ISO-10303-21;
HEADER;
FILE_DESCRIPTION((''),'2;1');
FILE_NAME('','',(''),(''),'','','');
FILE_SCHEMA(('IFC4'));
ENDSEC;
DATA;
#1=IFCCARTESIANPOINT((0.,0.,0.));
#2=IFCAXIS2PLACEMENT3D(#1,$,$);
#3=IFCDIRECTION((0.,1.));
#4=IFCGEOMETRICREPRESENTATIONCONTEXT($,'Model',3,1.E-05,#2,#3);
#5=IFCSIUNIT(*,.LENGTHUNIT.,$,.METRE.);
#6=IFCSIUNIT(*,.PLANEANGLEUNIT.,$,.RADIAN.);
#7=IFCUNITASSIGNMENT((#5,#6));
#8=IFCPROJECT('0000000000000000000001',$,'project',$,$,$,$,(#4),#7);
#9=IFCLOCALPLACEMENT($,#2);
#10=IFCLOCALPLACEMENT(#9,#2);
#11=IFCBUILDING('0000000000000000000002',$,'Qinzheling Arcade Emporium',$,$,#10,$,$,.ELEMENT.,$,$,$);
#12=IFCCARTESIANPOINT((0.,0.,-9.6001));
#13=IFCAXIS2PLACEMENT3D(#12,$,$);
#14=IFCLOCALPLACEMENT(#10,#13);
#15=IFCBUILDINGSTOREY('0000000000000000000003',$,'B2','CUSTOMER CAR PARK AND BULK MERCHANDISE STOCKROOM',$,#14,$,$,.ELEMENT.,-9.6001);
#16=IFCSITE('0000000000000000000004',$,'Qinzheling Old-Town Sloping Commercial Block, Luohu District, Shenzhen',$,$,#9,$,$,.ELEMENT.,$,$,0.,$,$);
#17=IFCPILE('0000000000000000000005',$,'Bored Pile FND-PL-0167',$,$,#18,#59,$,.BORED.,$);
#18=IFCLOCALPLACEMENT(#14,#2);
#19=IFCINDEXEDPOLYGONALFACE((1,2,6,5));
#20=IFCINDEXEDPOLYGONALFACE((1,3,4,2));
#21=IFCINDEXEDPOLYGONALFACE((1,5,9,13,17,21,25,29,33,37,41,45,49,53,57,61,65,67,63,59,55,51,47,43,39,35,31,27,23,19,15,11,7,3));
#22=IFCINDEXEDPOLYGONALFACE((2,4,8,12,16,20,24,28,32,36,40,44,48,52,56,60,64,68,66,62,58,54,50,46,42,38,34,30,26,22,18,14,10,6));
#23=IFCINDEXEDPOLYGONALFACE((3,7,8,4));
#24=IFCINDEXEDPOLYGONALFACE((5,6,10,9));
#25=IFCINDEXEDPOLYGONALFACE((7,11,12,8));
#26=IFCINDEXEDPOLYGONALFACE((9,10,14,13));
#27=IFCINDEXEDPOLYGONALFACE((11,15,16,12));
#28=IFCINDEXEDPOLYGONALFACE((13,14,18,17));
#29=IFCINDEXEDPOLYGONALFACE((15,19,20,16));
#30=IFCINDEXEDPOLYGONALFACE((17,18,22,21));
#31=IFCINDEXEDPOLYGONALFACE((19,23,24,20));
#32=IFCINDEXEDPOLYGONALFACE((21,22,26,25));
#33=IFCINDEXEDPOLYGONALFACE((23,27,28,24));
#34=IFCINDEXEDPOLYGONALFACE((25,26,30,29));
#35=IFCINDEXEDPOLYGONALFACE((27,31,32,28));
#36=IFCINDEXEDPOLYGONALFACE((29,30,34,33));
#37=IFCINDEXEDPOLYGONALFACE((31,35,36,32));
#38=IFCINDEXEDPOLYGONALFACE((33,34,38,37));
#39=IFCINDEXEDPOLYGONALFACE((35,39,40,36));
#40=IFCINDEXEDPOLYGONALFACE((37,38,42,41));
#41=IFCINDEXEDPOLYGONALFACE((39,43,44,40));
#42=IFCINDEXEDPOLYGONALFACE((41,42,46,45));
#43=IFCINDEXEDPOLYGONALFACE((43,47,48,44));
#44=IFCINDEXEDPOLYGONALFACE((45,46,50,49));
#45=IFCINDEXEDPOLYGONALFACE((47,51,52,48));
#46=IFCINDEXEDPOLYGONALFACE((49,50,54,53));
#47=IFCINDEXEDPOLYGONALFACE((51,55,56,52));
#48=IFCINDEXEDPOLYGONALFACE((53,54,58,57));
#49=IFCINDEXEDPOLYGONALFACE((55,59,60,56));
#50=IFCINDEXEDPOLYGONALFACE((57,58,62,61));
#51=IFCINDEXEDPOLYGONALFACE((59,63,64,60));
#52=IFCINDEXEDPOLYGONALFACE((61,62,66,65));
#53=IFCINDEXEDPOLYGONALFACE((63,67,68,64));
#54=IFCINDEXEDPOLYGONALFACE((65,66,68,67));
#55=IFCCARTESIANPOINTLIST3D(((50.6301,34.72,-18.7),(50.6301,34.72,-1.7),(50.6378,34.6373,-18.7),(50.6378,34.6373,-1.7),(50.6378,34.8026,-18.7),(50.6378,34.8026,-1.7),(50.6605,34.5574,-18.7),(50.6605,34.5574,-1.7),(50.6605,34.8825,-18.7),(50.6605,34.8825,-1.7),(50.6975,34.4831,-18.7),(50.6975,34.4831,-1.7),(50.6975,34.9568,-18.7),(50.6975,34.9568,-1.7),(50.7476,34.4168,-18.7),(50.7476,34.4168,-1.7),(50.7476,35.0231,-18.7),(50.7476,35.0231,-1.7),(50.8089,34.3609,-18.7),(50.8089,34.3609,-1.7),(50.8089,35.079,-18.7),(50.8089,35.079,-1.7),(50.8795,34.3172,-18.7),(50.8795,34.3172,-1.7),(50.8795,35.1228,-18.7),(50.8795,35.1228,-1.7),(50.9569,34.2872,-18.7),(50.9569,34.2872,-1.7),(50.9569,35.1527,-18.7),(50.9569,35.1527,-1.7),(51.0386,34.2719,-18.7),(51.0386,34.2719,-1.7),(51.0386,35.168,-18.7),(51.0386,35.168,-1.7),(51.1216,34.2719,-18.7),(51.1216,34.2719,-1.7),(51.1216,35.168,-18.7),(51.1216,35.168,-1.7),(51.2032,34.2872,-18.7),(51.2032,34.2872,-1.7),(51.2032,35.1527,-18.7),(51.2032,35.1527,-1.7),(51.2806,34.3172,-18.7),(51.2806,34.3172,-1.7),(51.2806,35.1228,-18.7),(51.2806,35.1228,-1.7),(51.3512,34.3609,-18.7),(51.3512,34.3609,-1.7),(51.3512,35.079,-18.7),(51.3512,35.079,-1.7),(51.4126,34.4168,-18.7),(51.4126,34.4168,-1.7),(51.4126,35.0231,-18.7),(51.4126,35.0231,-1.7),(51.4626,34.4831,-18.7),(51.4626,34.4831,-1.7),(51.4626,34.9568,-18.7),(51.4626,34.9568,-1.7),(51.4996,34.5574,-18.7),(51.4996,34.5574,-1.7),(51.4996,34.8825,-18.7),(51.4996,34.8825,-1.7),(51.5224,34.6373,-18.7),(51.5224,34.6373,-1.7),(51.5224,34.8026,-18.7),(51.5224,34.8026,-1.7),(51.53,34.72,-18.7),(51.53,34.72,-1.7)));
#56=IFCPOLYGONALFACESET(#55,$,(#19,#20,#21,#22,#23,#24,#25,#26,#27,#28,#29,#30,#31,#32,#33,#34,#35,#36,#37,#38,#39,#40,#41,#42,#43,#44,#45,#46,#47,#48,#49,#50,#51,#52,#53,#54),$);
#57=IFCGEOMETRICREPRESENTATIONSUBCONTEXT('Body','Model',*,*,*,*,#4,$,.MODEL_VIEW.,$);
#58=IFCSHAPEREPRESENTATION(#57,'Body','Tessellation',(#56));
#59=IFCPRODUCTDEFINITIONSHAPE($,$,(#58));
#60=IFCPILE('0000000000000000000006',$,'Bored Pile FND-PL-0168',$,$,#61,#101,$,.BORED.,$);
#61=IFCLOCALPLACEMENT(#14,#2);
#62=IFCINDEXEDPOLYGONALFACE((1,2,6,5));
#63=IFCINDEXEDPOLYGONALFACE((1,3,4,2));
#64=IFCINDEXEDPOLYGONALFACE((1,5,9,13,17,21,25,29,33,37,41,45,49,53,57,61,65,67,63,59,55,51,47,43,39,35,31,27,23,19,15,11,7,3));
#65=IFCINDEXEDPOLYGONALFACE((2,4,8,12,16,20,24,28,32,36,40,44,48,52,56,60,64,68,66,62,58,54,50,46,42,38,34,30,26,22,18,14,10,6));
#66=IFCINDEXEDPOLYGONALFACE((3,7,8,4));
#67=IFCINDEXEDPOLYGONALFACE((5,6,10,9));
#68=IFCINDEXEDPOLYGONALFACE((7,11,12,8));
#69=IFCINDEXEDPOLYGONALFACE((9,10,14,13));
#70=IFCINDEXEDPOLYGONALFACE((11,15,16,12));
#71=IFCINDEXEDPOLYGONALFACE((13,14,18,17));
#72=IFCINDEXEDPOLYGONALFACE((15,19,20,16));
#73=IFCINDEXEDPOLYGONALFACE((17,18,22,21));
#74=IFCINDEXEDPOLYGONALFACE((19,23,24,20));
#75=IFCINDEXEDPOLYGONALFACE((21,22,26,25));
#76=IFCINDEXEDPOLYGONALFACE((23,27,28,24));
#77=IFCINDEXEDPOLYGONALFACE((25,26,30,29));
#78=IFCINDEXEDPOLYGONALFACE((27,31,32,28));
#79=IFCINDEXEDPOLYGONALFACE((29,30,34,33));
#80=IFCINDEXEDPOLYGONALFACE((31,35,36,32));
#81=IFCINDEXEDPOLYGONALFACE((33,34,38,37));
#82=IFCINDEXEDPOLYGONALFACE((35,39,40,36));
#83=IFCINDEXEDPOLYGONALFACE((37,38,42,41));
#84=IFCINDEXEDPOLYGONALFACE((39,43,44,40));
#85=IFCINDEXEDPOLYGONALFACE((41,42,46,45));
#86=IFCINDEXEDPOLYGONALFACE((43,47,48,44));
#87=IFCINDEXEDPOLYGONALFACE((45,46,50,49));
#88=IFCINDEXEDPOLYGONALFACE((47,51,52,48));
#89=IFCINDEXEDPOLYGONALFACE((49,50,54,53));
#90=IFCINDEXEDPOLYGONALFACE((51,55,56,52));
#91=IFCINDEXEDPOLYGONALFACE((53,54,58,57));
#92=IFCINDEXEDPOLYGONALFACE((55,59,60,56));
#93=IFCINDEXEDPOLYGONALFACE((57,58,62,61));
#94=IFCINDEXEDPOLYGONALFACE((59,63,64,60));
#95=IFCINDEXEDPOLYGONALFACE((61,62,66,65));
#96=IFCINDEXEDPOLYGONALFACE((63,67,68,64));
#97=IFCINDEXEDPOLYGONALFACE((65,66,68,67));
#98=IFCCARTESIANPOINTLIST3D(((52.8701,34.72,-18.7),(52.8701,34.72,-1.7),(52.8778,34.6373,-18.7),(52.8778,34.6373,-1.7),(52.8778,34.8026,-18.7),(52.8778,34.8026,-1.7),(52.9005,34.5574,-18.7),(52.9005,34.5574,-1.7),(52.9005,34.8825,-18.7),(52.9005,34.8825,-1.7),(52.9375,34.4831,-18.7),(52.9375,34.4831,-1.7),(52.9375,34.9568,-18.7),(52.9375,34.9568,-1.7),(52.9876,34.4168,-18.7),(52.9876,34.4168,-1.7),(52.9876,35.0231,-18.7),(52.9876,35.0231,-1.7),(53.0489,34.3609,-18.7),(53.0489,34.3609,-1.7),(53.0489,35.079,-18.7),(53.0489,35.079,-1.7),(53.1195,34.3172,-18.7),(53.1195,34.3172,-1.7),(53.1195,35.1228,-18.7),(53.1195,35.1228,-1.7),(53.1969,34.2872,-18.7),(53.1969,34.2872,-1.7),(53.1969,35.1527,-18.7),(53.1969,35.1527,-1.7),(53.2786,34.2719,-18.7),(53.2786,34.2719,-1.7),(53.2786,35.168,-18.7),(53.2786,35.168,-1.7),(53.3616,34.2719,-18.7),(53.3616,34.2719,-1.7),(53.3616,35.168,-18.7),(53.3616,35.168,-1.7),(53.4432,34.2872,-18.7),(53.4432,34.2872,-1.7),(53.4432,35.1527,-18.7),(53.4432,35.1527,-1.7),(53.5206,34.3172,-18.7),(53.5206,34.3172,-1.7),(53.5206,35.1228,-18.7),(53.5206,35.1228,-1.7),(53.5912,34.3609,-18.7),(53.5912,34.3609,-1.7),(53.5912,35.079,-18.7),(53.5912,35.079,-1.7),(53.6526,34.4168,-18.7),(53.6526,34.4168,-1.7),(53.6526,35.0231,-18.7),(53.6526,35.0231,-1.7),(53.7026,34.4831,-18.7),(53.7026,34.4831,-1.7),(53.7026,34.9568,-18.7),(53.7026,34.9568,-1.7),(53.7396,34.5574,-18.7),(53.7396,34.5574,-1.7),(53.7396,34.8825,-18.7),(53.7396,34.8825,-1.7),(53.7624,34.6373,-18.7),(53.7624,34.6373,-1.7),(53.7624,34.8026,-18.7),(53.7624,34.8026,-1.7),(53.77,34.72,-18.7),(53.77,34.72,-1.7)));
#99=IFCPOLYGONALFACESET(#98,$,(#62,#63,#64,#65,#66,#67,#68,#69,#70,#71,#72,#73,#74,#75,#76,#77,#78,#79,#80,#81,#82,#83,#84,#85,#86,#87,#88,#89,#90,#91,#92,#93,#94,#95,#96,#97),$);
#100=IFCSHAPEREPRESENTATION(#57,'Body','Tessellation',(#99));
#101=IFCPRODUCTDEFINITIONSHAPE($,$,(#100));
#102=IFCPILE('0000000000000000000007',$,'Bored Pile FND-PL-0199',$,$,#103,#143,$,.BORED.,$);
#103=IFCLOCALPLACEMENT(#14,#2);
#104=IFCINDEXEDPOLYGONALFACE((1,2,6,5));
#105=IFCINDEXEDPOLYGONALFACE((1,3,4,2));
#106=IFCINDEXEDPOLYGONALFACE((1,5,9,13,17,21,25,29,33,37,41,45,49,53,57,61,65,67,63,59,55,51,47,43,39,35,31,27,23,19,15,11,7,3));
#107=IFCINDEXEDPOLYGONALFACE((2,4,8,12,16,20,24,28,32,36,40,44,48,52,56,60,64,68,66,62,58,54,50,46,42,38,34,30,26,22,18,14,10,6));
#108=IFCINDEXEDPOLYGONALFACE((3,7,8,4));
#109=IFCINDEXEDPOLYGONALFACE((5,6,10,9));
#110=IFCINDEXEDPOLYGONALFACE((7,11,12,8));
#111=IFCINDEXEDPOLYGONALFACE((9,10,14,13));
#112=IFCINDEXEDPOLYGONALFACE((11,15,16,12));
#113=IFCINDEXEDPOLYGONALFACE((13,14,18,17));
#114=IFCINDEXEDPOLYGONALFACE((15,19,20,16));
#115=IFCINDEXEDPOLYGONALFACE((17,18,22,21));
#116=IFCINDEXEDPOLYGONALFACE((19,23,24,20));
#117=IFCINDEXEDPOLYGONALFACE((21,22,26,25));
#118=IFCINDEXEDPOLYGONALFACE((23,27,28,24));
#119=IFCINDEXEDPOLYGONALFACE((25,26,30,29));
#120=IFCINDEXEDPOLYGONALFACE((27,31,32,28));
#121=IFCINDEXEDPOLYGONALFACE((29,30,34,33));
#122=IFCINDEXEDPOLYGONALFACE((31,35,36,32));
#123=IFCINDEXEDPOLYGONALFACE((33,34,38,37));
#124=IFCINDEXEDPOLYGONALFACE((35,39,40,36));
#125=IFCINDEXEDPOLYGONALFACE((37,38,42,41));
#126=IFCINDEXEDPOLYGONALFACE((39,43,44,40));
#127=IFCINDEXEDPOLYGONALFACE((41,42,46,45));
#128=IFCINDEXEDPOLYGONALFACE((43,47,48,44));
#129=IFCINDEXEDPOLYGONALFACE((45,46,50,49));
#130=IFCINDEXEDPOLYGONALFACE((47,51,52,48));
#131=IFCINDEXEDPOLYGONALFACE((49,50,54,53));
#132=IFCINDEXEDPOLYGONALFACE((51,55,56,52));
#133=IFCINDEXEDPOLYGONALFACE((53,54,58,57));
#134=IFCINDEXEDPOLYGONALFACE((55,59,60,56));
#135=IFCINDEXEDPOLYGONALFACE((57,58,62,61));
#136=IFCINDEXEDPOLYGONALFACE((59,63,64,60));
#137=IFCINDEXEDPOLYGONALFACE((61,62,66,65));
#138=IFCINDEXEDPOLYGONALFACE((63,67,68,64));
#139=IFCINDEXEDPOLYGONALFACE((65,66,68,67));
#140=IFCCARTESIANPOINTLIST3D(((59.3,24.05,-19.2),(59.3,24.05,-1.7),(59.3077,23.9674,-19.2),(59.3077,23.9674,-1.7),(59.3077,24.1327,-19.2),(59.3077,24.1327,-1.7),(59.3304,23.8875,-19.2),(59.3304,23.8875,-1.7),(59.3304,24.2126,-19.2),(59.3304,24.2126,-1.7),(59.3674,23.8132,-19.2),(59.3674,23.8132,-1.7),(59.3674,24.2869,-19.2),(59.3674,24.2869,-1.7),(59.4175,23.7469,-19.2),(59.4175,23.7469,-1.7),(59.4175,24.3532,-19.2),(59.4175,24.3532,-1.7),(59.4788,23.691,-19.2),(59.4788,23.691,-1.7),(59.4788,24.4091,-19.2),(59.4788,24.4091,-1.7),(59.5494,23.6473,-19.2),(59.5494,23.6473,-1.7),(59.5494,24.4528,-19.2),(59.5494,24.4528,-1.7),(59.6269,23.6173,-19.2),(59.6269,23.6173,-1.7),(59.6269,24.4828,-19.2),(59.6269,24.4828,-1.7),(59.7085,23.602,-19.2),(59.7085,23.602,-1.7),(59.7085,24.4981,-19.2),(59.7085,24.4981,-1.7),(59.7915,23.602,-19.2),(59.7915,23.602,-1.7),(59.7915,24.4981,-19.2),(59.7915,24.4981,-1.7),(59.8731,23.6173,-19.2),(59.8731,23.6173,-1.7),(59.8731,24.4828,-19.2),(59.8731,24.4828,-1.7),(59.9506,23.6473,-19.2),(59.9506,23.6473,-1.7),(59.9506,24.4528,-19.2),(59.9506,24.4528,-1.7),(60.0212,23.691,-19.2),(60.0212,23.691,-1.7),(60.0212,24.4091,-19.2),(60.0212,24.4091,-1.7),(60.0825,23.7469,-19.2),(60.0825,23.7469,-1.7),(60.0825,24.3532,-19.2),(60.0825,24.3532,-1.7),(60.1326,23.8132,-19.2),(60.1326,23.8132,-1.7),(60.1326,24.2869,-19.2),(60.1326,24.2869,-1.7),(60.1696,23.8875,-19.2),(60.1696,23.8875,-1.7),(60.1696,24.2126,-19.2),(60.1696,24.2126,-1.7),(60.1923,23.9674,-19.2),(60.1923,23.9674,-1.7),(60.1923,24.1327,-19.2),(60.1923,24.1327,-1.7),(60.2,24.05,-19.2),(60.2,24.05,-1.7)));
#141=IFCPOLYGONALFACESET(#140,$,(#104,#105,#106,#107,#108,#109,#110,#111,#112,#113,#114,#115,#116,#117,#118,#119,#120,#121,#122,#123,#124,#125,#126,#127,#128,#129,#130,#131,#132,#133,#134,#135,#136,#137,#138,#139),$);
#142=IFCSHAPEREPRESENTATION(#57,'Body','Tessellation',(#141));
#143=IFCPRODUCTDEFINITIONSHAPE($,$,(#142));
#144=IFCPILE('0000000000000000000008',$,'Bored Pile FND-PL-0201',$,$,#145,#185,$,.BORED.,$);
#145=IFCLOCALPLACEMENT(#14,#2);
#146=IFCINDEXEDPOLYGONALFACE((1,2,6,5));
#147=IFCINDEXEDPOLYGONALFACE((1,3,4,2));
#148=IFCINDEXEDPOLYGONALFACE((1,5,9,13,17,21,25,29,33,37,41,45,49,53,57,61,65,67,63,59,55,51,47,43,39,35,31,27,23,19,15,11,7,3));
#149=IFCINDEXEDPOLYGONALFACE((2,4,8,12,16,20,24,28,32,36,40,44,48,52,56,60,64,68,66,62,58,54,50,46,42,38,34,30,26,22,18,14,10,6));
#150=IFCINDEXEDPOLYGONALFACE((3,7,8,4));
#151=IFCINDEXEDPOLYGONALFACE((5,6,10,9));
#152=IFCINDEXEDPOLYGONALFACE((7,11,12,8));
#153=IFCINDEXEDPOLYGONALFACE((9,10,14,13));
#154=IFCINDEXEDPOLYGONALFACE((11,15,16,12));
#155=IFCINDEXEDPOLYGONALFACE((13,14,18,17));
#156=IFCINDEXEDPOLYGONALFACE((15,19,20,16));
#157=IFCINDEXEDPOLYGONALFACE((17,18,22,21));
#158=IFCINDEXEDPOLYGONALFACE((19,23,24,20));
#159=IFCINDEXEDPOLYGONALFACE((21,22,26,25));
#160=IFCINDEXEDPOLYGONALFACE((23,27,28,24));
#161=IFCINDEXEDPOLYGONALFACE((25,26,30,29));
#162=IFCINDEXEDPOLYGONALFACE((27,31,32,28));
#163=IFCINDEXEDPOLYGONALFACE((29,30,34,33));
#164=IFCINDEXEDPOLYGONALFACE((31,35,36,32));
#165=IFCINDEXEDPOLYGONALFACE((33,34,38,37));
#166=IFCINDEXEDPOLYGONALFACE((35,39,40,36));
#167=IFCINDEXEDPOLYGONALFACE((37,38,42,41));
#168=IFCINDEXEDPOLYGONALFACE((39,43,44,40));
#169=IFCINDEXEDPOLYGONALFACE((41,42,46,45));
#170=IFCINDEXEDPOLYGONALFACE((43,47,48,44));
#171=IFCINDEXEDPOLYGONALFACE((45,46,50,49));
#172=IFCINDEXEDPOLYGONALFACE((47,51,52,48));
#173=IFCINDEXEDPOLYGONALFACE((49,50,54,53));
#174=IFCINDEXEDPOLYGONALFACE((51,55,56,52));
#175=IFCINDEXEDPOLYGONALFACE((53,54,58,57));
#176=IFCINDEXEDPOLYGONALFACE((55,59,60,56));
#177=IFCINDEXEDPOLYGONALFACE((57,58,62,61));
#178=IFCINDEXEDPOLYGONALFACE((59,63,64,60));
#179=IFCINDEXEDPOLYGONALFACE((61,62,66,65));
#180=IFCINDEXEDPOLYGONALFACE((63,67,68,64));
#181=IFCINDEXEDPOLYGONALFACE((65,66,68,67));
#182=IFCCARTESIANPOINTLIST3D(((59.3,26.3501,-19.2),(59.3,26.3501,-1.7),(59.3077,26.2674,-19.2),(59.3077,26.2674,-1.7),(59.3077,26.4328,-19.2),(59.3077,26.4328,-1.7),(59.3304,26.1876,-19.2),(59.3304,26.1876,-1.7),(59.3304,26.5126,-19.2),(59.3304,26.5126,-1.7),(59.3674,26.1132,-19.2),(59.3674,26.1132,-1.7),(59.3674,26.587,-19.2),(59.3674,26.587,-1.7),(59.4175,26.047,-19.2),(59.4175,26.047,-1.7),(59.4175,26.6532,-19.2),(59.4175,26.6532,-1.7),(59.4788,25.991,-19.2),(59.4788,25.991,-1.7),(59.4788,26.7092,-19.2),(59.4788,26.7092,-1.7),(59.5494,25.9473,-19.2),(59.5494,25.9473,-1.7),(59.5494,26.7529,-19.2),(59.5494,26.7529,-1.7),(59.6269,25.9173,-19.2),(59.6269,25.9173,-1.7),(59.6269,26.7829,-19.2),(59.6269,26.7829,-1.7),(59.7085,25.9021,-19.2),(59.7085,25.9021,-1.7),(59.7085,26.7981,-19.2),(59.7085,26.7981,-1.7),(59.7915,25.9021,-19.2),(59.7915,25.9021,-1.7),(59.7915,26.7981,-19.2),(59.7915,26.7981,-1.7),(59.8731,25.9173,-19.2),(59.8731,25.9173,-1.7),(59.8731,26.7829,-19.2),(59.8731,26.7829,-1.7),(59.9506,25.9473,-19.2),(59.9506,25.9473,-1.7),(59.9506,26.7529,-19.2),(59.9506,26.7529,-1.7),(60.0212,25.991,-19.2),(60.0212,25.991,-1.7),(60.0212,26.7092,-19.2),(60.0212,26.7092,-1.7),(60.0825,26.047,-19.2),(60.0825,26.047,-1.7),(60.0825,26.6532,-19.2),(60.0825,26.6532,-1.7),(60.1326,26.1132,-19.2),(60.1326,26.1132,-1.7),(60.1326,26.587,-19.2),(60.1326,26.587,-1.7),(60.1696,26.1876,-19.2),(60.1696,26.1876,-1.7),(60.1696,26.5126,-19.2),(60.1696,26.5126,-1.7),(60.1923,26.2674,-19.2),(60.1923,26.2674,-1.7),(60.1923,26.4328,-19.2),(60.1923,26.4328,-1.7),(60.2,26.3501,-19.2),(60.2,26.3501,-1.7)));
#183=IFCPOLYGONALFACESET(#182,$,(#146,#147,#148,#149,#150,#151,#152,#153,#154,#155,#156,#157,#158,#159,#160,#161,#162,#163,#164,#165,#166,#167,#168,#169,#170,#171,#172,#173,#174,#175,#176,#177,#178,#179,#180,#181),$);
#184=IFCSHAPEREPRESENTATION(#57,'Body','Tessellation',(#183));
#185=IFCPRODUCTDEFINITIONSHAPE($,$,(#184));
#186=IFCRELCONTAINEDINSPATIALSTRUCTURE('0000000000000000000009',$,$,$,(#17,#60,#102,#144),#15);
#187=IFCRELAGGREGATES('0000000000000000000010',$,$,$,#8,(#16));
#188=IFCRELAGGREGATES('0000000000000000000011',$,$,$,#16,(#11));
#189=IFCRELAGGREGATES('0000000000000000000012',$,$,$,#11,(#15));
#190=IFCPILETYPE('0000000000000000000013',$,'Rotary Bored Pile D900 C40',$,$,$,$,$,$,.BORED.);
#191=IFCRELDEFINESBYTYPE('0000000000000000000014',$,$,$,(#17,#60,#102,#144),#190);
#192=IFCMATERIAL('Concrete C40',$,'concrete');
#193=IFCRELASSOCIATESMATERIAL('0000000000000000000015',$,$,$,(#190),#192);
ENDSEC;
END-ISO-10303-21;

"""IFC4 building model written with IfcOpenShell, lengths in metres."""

from ifc_helpers import new_model, si_unit, direction, frame, origin, origin_2d, place, context, subcontext, project, spatial, circle, extrude, material, material_profile, profile_set, type_object, element, save


model = new_model("IFC4")

# Units and contexts
model_context = context("Model", 3, precision=1e-05, world=origin(), true_north=direction((0.0, 1.0)))
body_context = subcontext(model_context, "Body", "Model", "MODEL_VIEW")
ifc_project = project(units=[si_unit("LENGTHUNIT", "METRE"), si_unit("PLANEANGLEUNIT", "RADIAN")], contexts=[model_context])

# Site, building, storey
site_placement = place(None, origin())
site = spatial("IfcSite", under=ifc_project, at=site_placement, Name="Qinzheling Old-Town Sloping Commercial Block, Luohu District, Shenzhen", CompositionType="ELEMENT", RefElevation=0.0)
building_placement = place(site_placement, origin())
building = spatial("IfcBuilding", under=site, at=building_placement, Name="Qinzheling Arcade Emporium", CompositionType="ELEMENT")
storey_placement = place(building_placement, frame((0.0, 0.0, -9.6001)))
storey = spatial("IfcBuildingStorey", under=building, at=storey_placement, Name="B2", Description="CUSTOMER CAR PARK AND BULK MERCHANDISE STOCKROOM", CompositionType="ELEMENT", Elevation=-9.6001)

# Shared definitions
ifc_material_1 = material(Name="Concrete C40", Category="concrete")

# Piles
ifc_material_profile_1 = material_profile(ifc_material_1, circle(Radius=0.45, at=origin_2d()), Name="BORED D900", Category="concrete")
ifc_profile_set_1 = profile_set([ifc_material_profile_1], Name="Concrete C40")
pile_type = type_object("IfcPileType", Name="Rotary Bored Pile D900 C40", PredefinedType="BORED", material=ifc_profile_set_1)
for number, where, z_axis, x_axis, name in (
    (1, (51.0801, 34.72, -1.7), (0.0, 0.0, -1.0), (1.0, 0.0, 0.0), "Bored Pile FND-PL-0167"),
    (2, (53.3201, 34.72, -1.7), (0.0, 0.0, -1.0), (1.0, 0.0, 0.0), "Bored Pile FND-PL-0168"),
):
    element("IfcPile", number, at=place(storey_placement, frame(where, z_axis=z_axis, x_axis=x_axis)), inside=storey, type_object=pile_type, Name=name, PredefinedType="BORED", context=body_context, shape_type="SweptSolid", body=[
        extrude(circle(Radius=0.45, at=origin_2d()), origin(), (0.0, 0.0, 1.0), 17.0),
    ])
for number, where, z_axis, x_axis, name in (
    (3, (59.75, 24.05, -1.7), (0.0, 0.0, -1.0), (1.0, 0.0, 0.0), "Bored Pile FND-PL-0199"),
    (4, (59.75, 26.3501, -1.7), (0.0, 0.0, -1.0), (1.0, 0.0, 0.0), "Bored Pile FND-PL-0201"),
):
    element("IfcPile", number, at=place(storey_placement, frame(where, z_axis=z_axis, x_axis=x_axis)), inside=storey, type_object=pile_type, Name=name, PredefinedType="BORED", context=body_context, shape_type="SweptSolid", body=[
        extrude(circle(Radius=0.45, at=origin_2d()), origin(), (0.0, 0.0, 1.0), 17.5),
    ])

save(model, "model.ifc")
